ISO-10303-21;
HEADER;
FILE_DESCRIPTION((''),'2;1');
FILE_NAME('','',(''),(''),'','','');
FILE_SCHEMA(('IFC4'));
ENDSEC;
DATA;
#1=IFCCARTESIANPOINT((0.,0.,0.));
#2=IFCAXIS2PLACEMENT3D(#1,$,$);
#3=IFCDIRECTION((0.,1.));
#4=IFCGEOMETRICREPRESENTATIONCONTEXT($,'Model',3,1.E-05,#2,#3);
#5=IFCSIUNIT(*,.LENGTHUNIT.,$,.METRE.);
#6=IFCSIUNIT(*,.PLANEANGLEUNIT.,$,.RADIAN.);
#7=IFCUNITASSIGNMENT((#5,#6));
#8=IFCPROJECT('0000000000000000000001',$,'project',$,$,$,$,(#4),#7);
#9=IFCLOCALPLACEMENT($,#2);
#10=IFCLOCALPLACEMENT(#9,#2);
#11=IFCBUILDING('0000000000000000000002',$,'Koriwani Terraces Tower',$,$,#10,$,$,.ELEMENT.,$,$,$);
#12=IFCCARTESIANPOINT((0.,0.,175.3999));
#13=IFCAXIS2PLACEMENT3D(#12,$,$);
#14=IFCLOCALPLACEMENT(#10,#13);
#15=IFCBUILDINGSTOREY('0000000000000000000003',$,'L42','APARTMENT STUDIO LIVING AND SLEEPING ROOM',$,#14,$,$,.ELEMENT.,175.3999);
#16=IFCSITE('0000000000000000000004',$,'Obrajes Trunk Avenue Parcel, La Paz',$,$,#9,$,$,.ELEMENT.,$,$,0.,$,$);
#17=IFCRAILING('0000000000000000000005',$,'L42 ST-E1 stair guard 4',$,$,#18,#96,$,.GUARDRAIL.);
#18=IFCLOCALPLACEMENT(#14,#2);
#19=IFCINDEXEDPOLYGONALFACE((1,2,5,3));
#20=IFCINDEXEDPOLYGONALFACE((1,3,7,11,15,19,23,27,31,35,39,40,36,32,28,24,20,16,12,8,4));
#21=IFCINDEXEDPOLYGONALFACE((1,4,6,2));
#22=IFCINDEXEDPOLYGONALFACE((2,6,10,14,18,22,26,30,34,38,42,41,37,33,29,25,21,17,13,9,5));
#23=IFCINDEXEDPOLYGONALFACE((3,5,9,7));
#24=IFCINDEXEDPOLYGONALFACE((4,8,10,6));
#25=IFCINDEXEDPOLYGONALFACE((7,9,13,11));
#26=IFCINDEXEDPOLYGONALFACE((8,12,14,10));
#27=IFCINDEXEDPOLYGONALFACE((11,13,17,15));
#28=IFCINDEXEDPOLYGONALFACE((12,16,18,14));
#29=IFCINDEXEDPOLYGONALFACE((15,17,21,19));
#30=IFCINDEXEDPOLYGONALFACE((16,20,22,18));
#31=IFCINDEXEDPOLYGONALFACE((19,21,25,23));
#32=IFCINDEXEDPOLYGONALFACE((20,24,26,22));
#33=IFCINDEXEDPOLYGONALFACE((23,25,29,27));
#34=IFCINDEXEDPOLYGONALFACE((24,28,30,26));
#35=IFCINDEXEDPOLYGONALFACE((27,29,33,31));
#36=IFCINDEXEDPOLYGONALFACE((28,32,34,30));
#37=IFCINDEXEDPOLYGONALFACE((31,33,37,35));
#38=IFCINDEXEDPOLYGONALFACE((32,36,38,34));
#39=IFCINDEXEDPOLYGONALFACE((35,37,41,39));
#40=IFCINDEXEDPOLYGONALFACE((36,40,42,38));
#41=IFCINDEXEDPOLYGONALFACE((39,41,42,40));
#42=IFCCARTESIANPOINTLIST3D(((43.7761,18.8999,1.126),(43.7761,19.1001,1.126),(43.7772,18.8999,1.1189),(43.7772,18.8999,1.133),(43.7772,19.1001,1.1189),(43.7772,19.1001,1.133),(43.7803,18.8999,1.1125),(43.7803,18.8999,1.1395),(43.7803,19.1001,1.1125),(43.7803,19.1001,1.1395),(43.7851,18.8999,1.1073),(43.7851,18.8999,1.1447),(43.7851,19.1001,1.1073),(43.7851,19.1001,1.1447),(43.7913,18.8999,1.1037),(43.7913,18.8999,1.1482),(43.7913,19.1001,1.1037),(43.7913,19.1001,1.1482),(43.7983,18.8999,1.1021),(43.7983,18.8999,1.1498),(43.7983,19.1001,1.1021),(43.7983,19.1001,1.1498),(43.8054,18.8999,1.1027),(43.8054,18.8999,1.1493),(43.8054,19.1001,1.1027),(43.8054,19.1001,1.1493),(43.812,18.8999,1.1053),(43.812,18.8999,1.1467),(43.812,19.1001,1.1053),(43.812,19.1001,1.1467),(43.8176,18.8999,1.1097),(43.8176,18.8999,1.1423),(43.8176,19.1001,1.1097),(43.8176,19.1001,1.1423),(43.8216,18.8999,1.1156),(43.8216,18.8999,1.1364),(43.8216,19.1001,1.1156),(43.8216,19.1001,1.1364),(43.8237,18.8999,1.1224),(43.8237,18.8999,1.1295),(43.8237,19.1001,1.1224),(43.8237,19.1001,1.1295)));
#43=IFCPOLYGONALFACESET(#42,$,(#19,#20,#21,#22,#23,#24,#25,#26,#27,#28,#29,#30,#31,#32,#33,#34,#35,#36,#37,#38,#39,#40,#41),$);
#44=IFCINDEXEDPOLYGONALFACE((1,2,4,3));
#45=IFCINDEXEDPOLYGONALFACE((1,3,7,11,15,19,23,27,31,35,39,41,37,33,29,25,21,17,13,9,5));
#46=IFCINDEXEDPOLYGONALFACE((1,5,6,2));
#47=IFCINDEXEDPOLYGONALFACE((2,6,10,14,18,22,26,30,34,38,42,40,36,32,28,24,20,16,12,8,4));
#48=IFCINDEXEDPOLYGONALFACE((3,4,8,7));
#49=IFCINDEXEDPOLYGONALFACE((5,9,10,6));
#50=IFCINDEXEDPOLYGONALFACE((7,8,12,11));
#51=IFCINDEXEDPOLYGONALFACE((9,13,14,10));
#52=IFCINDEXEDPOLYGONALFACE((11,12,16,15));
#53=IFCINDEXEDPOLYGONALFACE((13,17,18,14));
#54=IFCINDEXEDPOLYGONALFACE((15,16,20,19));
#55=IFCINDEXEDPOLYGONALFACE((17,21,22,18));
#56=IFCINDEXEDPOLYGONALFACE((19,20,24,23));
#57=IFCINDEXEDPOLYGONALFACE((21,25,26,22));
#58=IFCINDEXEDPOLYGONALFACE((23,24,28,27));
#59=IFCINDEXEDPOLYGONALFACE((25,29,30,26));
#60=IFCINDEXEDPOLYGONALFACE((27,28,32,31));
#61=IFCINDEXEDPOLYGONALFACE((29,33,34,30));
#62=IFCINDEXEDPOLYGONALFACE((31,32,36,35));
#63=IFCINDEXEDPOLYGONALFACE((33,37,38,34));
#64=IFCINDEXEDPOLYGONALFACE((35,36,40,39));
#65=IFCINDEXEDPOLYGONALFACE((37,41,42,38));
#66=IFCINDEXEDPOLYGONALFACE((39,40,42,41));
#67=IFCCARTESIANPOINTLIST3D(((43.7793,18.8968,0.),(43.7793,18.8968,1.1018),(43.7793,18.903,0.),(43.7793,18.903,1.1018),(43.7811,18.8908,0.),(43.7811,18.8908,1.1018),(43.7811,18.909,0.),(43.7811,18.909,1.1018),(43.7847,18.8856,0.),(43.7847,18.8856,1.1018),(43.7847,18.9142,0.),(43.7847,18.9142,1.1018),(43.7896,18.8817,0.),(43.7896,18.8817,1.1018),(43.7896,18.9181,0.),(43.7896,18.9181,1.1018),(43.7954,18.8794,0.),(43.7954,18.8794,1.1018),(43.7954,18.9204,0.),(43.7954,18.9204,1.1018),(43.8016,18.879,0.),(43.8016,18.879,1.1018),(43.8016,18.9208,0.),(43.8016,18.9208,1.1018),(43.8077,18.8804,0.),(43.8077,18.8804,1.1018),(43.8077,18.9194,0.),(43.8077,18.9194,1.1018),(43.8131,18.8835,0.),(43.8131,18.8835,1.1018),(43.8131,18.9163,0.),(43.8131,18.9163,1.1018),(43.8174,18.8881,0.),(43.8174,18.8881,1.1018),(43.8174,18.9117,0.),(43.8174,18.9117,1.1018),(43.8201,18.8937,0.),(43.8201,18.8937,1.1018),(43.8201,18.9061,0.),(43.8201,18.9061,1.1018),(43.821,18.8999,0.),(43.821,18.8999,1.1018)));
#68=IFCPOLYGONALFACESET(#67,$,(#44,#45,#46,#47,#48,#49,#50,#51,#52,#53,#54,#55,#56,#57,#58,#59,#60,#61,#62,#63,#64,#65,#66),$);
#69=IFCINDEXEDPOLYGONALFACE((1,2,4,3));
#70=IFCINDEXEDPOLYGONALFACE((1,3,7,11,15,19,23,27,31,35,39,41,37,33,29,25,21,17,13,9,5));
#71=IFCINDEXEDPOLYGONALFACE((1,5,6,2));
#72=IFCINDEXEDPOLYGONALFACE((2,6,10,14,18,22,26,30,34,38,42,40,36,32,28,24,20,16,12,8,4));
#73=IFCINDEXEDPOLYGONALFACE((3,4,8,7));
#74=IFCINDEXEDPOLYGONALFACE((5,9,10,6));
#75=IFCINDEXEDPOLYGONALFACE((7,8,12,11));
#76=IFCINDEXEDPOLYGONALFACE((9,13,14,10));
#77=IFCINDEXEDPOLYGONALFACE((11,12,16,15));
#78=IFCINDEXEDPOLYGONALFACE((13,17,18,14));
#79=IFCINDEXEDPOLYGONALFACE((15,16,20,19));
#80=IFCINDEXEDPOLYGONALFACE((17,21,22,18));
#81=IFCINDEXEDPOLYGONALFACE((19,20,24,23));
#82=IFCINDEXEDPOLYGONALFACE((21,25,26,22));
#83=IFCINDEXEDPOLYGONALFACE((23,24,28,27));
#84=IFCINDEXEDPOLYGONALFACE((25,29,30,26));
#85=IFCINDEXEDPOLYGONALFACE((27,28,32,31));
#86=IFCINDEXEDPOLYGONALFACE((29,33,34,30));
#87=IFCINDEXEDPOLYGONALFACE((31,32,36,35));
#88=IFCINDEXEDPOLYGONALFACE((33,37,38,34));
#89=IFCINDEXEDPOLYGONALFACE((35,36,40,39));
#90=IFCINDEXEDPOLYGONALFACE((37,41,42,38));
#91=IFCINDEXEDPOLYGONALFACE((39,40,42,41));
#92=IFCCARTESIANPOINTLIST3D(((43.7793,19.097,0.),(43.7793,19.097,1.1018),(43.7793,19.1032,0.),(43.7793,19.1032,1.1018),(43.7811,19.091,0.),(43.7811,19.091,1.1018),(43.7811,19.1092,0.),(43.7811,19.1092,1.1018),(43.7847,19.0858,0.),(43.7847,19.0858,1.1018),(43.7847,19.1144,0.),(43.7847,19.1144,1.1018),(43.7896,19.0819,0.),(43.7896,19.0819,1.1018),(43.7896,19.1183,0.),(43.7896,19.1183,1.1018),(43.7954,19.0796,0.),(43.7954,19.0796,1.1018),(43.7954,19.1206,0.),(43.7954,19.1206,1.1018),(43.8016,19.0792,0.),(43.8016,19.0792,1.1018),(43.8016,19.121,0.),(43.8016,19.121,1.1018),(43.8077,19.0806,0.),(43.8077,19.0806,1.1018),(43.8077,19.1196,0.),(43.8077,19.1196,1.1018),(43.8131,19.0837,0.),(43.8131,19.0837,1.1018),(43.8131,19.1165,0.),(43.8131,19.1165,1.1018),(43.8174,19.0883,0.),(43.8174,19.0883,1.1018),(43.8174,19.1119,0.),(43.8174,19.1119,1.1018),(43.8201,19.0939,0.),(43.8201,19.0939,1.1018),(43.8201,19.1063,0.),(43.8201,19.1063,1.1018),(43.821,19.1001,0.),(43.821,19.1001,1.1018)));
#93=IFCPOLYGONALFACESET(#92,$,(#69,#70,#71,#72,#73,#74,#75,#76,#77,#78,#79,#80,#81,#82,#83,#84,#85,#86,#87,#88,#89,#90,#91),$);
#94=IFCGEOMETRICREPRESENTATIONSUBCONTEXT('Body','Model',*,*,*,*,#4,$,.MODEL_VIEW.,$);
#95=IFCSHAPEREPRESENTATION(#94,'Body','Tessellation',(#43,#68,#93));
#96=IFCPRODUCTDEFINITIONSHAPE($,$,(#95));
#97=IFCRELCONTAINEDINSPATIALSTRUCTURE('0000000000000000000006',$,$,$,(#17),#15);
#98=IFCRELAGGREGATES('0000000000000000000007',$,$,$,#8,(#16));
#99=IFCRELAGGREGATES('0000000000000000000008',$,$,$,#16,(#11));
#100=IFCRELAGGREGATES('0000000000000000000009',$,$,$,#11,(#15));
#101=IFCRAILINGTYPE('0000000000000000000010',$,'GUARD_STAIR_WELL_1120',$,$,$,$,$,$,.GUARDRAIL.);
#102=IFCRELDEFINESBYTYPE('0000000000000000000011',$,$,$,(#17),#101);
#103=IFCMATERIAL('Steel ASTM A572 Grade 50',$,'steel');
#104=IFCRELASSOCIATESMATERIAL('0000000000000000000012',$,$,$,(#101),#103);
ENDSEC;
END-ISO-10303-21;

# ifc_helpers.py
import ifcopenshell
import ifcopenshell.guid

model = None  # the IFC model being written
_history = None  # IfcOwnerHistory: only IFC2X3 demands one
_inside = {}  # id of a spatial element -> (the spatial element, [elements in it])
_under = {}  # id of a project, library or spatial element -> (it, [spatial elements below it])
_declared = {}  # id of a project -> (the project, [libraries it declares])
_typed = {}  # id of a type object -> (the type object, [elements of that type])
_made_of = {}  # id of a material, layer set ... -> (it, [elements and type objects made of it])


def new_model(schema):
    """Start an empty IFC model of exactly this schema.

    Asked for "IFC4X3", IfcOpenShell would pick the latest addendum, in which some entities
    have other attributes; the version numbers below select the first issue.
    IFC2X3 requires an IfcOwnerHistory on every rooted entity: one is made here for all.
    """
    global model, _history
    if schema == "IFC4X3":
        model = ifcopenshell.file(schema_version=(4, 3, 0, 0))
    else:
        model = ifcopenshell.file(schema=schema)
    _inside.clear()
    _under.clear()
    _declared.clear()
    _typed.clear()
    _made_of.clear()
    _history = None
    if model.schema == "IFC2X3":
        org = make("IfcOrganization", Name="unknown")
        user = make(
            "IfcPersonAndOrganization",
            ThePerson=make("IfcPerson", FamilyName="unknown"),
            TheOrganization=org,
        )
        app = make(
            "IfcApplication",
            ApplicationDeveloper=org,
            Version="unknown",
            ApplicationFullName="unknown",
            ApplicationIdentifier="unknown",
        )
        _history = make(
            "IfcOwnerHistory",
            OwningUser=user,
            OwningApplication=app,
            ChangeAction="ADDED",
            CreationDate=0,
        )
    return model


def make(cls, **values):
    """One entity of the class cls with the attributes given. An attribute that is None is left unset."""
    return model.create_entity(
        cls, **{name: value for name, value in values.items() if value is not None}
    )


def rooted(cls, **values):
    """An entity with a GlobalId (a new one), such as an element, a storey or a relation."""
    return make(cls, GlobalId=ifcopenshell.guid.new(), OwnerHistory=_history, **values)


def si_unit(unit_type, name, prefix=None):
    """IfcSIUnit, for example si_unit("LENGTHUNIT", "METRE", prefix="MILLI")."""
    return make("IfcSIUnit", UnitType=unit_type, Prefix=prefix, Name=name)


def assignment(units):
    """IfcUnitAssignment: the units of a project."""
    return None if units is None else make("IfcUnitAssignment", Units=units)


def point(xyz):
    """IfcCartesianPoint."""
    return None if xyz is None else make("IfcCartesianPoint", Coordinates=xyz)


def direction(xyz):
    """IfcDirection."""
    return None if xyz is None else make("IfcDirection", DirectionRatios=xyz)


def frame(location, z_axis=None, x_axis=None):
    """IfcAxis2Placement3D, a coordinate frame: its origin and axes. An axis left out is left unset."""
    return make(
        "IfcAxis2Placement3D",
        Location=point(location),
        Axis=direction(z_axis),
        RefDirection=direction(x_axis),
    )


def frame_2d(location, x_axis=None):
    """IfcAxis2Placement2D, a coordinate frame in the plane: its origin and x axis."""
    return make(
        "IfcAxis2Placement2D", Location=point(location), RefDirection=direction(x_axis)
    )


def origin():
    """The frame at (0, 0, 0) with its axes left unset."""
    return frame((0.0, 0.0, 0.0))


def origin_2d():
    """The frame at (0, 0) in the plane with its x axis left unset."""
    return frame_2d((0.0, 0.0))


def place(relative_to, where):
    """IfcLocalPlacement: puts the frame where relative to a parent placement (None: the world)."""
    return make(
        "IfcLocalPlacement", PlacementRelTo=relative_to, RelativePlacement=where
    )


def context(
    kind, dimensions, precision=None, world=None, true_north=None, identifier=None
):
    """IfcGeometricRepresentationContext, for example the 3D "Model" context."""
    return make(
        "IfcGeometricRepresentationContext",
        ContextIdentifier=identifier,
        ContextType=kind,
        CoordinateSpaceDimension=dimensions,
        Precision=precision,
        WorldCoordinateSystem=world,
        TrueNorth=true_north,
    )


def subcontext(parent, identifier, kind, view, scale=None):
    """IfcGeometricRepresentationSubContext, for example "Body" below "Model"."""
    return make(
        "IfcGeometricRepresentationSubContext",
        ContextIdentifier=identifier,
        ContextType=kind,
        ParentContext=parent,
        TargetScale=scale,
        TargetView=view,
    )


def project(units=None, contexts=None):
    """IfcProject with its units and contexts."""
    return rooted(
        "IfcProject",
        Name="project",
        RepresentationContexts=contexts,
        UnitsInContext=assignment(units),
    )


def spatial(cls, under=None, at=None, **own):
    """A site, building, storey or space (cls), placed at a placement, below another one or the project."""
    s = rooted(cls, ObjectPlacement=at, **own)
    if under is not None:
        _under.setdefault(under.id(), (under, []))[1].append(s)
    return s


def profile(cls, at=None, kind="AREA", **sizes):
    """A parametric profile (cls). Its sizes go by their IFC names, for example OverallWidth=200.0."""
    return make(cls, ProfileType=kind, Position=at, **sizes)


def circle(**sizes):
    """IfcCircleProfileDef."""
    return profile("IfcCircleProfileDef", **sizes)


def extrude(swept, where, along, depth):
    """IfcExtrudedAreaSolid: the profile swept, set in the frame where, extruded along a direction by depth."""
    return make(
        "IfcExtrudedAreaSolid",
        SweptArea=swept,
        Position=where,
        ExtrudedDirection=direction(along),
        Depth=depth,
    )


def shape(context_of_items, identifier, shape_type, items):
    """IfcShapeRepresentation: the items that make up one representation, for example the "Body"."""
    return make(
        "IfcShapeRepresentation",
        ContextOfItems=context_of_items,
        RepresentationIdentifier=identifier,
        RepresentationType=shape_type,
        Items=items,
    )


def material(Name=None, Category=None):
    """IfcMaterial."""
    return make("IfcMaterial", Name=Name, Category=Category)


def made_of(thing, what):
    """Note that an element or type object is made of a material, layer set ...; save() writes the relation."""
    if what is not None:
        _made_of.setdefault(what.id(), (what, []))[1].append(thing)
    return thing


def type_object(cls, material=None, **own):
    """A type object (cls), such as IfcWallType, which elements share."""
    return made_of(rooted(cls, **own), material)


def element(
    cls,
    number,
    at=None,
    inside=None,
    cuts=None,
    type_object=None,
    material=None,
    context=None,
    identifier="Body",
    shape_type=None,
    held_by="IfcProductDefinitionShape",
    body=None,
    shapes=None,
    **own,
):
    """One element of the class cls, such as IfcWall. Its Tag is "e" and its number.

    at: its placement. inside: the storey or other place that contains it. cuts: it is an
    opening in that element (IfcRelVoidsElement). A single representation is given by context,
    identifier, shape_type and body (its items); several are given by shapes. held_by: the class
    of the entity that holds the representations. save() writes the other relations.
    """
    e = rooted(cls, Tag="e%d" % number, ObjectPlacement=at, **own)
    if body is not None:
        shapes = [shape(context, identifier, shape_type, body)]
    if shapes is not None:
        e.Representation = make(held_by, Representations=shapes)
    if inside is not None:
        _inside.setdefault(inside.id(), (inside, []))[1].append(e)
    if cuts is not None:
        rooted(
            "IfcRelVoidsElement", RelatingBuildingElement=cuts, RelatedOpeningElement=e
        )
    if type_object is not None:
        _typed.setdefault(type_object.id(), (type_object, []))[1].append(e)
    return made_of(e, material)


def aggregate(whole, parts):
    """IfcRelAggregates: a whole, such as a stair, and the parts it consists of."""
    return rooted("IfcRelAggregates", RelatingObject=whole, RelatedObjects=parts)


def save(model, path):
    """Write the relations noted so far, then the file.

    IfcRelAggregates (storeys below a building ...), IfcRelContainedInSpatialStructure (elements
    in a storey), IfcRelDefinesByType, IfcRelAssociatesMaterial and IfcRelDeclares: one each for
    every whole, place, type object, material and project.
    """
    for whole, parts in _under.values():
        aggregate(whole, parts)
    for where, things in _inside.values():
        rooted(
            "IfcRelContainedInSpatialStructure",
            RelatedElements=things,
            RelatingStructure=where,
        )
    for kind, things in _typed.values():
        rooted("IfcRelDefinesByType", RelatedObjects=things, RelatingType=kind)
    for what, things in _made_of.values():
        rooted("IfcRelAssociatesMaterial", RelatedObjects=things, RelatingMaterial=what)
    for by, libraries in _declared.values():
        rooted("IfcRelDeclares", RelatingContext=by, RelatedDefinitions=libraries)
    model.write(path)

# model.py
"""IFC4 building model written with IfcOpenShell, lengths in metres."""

from ifc_helpers import new_model, si_unit, direction, frame, origin, origin_2d, place, context, subcontext, project, spatial, circle, extrude, material, type_object, element, save


model = new_model("IFC4")

# Units and contexts
model_context = context("Model", 3, precision=1e-05, world=origin(), true_north=direction((0.0, 1.0)))
body_context = subcontext(model_context, "Body", "Model", "MODEL_VIEW")
ifc_project = project(units=[si_unit("LENGTHUNIT", "METRE"), si_unit("PLANEANGLEUNIT", "RADIAN")], contexts=[model_context])

# Site, building, storey
site_placement = place(None, origin())
site = spatial("IfcSite", under=ifc_project, at=site_placement, Name="Obrajes Trunk Avenue Parcel, La Paz", CompositionType="ELEMENT", RefElevation=0.0)
building_placement = place(site_placement, origin())
building = spatial("IfcBuilding", under=site, at=building_placement, Name="Koriwani Terraces Tower", CompositionType="ELEMENT")
storey_placement = place(building_placement, frame((0.0, 0.0, 175.3999)))
storey = spatial("IfcBuildingStorey", under=building, at=storey_placement, Name="L42", Description="APARTMENT STUDIO LIVING AND SLEEPING ROOM", CompositionType="ELEMENT", Elevation=175.3999)

# Shared definitions
ifc_material_1 = material(Name="Steel ASTM A572 Grade 50", Category="steel")

# Railing
railing_type_1 = type_object("IfcRailingType", Name="GUARD_STAIR_WELL_1120", PredefinedType="GUARDRAIL", material=ifc_material_1)
railing_1_placement = place(storey_placement, frame((43.8, 18.8999, 0.0)))
element("IfcRailing", 1, at=railing_1_placement, inside=storey, type_object=railing_type_1, Name="L42 ST-E1 stair guard 4", PredefinedType="GUARDRAIL", context=body_context, shape_type="SweptSolid", body=[
    extrude(circle(Radius=0.0239, at=origin_2d()), frame((0.0, 0.0, 1.126), z_axis=(0.0, 1.0, 0.0), x_axis=(-1.0, 0.0, 0.0)), (0.0, 0.0, 1.0), 0.2002),
    extrude(circle(Radius=0.021, at=origin_2d()), origin(), (0.0, 0.0, 1.0), 1.1018),
    extrude(circle(Radius=0.021, at=origin_2d()), frame((0.0, 0.2002, 0.0)), (0.0, 0.0, 1.0), 1.1018),
])

save(model, "model.ifc")
